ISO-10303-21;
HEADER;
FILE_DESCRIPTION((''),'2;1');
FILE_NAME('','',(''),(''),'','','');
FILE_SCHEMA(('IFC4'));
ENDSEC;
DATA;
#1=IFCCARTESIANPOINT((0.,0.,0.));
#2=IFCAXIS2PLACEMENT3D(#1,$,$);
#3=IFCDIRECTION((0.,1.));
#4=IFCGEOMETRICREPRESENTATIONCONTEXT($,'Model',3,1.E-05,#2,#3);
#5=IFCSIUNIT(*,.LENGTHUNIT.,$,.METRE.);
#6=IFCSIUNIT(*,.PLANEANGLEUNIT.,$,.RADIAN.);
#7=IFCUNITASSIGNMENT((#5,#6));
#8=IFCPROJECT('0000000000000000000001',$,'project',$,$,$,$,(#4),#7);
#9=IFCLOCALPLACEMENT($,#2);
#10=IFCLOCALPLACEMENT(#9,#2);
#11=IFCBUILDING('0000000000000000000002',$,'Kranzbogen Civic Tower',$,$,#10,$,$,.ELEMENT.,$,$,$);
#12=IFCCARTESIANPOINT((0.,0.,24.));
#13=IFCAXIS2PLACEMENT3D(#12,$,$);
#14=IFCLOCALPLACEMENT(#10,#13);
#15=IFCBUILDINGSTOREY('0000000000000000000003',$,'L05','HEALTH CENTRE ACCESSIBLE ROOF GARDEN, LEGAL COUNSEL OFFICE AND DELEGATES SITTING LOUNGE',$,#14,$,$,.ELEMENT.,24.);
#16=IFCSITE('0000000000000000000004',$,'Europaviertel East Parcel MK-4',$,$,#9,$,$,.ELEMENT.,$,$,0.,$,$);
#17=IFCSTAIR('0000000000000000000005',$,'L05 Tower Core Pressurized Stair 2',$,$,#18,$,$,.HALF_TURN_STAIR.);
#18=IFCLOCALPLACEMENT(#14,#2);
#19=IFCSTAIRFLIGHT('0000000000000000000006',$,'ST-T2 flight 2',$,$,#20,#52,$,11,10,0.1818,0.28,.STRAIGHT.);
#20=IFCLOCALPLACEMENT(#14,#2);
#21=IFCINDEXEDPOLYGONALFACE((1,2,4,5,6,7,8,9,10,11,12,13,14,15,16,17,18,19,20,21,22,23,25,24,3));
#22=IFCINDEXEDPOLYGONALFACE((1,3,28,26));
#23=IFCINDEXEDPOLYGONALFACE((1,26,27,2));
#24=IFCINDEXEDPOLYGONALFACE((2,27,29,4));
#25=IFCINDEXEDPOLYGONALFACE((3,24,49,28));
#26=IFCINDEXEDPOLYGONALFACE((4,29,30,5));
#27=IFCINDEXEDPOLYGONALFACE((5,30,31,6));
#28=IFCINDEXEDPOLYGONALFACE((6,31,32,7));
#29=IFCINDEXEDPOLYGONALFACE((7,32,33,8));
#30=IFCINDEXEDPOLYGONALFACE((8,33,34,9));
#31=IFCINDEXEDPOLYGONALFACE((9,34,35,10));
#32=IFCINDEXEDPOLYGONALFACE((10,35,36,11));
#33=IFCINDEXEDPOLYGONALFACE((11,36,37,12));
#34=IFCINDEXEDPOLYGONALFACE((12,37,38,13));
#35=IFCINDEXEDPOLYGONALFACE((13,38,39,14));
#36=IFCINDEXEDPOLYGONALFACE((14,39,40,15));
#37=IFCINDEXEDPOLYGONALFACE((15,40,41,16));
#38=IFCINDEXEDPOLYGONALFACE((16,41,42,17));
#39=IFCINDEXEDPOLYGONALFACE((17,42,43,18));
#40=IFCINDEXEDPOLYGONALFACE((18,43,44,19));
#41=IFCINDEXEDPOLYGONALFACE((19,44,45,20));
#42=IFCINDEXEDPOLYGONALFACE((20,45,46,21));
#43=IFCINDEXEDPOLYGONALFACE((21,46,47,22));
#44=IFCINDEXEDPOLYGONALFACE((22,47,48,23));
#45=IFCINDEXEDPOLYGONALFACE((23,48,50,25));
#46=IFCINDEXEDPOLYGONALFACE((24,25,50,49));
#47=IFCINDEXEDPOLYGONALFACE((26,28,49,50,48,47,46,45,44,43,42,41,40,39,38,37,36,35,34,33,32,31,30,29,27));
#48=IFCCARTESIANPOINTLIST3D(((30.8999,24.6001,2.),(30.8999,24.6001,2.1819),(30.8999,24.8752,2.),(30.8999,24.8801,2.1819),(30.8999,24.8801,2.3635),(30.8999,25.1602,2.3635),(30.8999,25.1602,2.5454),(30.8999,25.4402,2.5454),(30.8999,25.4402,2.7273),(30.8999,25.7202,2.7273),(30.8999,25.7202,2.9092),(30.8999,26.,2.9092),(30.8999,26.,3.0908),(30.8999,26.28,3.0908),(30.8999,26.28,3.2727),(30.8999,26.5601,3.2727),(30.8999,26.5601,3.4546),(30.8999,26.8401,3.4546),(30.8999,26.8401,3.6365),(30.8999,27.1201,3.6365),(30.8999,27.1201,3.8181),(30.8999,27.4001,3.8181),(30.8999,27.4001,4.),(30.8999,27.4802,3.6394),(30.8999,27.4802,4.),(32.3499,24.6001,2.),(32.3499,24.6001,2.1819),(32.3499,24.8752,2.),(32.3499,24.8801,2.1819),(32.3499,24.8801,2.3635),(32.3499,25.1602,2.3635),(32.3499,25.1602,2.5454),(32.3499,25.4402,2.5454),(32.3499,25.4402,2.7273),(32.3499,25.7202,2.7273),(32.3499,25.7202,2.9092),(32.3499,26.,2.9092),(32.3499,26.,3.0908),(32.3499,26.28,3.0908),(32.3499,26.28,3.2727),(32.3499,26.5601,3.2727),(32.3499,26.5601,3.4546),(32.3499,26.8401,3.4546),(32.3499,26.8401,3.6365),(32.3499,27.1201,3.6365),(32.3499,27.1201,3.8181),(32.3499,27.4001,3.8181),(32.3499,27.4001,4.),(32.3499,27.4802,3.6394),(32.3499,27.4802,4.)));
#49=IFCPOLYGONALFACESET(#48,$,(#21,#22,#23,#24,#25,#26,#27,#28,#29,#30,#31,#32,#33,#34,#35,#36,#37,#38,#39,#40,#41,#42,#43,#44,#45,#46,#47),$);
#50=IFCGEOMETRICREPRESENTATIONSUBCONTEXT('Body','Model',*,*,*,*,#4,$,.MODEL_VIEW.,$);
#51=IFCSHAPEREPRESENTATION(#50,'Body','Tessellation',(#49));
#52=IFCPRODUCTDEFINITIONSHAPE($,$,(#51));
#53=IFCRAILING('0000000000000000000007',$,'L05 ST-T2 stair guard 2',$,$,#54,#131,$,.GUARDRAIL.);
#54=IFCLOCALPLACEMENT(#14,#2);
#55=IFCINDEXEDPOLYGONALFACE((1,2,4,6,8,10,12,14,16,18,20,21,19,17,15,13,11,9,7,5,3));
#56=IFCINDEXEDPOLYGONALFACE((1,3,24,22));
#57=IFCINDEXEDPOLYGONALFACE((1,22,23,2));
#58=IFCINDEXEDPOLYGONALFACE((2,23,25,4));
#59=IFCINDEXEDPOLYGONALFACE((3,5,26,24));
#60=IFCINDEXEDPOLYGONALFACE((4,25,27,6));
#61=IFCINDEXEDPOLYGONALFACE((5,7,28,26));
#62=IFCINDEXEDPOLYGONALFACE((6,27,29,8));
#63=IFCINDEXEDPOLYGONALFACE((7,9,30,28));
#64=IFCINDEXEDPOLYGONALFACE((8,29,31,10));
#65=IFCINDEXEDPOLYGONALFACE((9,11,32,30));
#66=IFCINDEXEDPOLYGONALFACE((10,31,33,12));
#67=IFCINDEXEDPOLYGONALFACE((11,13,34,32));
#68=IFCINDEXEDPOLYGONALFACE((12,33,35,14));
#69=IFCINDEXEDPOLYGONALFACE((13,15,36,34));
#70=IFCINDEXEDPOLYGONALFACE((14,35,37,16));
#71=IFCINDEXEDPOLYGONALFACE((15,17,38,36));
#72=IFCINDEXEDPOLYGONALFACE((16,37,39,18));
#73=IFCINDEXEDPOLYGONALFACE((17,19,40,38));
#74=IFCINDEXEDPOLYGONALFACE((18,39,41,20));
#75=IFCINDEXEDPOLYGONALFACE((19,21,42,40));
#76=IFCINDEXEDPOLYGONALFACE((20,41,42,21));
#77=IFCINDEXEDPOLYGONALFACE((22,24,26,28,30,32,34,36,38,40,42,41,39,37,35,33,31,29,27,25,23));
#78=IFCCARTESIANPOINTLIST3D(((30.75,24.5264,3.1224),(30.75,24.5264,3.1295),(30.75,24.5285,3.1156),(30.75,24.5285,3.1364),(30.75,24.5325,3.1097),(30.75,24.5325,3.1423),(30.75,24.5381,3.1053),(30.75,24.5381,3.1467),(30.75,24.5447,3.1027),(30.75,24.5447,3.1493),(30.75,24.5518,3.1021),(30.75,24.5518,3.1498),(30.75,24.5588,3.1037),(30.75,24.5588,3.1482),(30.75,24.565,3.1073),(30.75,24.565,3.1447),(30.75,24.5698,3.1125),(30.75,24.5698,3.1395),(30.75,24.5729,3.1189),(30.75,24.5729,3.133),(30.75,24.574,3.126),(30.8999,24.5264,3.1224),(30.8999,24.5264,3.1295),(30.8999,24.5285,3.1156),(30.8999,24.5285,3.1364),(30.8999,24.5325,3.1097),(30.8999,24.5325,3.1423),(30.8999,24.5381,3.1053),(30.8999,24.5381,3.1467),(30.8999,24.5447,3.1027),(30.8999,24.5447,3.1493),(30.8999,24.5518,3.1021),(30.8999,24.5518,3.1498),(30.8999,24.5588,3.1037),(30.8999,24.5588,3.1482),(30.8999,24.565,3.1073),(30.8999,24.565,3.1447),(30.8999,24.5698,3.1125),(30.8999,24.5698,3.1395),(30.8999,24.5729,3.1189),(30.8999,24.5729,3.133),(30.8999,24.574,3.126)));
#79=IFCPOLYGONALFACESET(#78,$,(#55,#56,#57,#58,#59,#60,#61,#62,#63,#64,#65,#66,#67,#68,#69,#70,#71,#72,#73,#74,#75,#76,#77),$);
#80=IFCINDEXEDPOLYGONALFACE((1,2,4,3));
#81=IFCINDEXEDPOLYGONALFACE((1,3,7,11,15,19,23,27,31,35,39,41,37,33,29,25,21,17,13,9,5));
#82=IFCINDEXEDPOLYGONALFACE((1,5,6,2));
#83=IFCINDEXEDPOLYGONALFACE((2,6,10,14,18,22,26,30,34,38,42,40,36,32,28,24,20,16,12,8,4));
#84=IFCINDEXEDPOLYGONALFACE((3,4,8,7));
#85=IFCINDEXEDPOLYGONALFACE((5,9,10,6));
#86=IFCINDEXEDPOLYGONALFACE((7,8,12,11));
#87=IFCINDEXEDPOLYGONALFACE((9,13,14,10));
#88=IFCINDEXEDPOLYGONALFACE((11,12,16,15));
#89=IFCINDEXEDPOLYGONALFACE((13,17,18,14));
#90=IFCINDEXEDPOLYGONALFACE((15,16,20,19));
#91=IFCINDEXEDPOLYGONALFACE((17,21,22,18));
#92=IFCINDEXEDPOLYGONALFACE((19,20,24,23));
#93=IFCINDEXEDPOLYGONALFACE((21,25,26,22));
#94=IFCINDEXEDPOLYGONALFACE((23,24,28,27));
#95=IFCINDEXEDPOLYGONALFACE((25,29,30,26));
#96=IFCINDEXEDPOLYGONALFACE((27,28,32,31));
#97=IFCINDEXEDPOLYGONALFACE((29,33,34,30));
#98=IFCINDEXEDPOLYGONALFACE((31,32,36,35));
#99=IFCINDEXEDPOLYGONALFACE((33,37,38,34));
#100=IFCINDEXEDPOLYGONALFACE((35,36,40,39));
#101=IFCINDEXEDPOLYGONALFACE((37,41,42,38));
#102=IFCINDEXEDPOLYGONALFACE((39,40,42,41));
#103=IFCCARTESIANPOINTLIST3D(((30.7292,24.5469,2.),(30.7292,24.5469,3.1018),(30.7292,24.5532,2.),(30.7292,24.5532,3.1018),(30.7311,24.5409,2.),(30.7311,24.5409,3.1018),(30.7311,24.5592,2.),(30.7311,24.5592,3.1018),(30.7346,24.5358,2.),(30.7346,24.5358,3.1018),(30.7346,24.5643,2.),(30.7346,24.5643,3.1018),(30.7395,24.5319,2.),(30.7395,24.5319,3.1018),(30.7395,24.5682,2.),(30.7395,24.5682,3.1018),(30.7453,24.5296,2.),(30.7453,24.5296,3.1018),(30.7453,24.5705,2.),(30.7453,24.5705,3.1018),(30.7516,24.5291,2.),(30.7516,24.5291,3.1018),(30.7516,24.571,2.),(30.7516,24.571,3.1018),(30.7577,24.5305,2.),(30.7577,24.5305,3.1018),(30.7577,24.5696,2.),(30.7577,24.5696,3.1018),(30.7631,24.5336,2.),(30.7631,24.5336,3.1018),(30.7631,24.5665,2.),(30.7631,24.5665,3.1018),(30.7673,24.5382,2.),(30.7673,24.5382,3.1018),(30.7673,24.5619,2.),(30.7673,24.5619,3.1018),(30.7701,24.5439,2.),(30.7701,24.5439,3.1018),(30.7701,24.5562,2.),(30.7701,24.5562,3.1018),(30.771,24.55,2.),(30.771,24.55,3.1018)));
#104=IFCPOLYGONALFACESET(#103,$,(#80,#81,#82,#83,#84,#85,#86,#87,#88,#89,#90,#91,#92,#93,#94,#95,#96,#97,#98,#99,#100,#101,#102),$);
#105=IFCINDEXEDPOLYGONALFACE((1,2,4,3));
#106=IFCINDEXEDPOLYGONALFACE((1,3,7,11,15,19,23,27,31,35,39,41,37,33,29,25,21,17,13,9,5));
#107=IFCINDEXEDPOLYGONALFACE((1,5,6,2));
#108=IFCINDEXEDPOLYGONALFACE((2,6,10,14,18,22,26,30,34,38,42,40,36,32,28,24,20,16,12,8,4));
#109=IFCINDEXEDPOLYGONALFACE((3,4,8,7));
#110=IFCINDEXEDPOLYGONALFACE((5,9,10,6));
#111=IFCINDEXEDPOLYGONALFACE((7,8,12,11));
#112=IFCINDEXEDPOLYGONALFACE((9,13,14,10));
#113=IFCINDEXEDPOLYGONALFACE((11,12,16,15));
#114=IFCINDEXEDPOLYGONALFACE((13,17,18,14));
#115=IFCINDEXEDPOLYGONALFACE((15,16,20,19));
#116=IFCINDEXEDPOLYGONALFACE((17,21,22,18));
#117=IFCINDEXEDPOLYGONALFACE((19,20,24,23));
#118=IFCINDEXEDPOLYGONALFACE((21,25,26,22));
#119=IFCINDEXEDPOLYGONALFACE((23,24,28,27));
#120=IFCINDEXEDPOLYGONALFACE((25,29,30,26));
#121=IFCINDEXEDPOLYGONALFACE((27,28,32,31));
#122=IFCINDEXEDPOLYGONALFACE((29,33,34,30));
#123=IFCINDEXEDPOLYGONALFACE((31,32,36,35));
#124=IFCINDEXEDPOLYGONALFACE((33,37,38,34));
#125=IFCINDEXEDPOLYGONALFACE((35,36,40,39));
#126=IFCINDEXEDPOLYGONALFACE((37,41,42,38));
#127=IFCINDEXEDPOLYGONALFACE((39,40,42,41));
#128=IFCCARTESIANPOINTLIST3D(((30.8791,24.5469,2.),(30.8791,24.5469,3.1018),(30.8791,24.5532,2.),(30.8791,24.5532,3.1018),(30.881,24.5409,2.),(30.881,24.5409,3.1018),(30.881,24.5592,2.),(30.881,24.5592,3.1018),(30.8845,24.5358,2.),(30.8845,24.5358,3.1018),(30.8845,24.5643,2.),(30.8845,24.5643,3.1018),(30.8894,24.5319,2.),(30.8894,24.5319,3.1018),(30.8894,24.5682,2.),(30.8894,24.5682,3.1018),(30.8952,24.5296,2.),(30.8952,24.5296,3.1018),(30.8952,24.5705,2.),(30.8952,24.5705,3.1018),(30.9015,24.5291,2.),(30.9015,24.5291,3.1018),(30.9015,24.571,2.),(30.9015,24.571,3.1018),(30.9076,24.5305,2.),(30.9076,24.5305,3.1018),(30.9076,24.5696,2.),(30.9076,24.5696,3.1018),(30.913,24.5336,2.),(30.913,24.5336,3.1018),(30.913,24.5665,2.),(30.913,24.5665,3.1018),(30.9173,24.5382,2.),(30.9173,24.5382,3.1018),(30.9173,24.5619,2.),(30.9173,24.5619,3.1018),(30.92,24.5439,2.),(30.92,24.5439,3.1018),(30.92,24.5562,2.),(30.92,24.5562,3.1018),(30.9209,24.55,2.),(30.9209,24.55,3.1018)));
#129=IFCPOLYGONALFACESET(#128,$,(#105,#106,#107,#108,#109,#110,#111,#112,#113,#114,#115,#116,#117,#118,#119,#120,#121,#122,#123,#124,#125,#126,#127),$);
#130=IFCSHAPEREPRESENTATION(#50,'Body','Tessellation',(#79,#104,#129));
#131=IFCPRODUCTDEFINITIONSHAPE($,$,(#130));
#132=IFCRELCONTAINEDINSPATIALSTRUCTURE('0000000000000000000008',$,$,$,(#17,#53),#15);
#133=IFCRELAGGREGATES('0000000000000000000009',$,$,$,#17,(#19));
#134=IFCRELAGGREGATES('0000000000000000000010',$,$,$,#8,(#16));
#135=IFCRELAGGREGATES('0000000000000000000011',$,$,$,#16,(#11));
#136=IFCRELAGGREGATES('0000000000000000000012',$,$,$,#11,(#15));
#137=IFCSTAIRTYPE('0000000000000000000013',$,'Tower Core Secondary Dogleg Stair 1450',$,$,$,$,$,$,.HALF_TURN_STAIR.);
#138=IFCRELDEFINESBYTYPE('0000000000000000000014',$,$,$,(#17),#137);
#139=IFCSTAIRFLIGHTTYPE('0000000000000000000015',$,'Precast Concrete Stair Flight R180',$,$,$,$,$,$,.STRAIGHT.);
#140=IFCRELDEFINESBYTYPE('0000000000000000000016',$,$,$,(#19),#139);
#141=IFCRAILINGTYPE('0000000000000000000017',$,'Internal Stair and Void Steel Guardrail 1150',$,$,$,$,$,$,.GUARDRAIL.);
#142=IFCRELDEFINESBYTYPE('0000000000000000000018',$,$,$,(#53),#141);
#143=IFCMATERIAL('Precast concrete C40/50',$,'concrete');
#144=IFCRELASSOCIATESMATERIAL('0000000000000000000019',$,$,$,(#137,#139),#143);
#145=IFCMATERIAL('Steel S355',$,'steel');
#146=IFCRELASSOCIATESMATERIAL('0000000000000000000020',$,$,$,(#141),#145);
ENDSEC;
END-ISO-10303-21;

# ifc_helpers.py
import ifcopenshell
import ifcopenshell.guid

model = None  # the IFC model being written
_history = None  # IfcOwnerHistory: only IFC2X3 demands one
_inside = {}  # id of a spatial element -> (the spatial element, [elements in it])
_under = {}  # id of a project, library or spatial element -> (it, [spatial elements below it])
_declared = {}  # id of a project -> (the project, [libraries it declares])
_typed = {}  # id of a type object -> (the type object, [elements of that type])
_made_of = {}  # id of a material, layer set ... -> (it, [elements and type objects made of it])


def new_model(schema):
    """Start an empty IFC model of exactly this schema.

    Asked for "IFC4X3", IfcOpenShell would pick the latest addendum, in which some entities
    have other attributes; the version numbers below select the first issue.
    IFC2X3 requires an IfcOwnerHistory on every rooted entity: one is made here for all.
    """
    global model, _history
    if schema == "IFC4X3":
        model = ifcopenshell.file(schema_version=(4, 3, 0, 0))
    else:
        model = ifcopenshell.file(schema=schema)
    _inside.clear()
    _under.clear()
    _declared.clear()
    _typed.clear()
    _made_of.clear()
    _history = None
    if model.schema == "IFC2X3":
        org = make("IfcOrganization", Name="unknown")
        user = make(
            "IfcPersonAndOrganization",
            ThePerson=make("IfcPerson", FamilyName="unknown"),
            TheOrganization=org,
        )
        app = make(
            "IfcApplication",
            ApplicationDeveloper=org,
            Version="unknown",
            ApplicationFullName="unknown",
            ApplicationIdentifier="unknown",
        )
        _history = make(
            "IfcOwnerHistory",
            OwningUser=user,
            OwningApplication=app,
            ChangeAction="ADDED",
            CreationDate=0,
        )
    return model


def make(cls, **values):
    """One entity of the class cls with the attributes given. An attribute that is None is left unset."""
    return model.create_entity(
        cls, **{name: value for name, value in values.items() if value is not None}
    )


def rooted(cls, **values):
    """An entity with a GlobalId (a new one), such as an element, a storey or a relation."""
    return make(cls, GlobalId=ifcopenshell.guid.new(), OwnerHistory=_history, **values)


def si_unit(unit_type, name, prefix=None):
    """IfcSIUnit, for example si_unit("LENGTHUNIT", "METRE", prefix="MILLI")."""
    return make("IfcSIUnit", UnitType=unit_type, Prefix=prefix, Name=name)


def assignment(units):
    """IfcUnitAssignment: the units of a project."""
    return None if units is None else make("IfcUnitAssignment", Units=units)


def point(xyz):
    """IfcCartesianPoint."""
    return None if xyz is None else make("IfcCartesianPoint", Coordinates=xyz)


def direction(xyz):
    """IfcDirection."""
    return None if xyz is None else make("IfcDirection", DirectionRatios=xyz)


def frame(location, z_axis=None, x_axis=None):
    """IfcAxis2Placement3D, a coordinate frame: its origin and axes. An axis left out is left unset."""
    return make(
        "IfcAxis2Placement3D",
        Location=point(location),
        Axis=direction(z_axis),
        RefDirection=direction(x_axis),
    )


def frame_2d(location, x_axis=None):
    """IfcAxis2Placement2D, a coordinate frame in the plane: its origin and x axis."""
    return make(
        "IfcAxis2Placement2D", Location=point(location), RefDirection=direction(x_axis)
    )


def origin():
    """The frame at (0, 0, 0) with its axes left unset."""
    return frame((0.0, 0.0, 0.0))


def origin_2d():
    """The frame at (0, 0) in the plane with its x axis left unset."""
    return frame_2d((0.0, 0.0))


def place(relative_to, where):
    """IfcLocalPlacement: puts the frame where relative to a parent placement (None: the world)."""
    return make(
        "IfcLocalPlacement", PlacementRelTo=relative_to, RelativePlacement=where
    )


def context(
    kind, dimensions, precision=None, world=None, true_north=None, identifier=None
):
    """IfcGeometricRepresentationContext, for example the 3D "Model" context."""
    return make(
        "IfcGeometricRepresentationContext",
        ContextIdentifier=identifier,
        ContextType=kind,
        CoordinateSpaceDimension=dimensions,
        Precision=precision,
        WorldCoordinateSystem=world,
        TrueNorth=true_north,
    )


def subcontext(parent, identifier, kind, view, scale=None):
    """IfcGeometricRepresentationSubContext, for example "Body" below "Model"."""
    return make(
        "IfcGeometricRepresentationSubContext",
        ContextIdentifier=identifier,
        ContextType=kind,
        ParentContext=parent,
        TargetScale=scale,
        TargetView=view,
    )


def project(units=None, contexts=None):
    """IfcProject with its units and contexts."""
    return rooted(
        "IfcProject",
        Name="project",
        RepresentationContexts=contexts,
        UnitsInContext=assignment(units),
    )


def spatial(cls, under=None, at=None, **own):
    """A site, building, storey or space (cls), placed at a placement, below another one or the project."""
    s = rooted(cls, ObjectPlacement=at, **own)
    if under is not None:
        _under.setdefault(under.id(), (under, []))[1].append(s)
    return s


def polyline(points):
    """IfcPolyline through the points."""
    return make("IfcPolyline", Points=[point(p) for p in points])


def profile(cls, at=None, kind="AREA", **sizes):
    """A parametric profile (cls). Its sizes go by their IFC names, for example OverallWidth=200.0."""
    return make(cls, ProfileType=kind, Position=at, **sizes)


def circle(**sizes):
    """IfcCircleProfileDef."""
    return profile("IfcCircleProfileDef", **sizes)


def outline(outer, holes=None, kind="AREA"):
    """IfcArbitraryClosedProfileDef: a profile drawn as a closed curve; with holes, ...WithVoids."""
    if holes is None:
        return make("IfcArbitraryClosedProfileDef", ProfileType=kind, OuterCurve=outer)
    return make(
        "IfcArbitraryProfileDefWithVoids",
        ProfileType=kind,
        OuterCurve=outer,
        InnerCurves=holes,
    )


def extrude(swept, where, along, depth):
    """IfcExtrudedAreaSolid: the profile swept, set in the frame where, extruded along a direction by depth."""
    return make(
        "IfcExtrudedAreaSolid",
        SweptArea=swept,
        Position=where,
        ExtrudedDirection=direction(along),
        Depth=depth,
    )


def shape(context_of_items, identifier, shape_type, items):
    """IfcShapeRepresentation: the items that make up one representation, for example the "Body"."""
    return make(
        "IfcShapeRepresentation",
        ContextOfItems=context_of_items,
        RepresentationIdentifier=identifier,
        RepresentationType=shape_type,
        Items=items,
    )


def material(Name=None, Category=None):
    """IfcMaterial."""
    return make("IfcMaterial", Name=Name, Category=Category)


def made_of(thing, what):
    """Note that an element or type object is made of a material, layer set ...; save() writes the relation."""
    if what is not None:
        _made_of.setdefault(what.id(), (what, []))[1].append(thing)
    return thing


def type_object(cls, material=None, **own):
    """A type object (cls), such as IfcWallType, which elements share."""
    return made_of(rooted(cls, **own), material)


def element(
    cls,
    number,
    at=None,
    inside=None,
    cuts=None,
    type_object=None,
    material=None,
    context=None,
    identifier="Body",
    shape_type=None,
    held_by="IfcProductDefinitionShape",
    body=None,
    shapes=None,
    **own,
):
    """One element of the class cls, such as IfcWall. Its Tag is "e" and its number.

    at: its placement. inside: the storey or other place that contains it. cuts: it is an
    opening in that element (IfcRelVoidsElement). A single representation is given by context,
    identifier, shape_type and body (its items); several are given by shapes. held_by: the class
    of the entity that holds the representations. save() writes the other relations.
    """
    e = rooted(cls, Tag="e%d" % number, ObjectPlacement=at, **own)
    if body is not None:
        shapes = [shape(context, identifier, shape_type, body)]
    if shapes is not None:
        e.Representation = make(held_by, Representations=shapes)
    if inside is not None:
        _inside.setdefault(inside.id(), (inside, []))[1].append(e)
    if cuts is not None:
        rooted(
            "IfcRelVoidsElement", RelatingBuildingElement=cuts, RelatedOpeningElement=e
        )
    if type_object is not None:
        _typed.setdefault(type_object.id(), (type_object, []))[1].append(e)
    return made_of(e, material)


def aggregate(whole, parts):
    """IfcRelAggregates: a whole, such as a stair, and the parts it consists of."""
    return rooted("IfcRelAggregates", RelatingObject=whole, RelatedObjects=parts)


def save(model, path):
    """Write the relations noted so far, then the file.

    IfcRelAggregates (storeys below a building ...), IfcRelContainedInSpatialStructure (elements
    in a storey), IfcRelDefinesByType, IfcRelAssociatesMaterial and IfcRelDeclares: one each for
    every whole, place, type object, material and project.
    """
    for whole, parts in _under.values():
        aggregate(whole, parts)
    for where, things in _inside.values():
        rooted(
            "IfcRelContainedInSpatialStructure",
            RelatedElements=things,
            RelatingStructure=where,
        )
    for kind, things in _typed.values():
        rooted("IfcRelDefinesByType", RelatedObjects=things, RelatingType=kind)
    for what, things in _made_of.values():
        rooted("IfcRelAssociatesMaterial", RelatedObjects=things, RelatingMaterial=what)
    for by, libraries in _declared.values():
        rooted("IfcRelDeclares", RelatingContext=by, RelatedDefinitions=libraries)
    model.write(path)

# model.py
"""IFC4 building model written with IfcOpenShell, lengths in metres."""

from ifc_helpers import new_model, si_unit, direction, frame, origin, origin_2d, place, context, subcontext, project, spatial, polyline, circle, outline, extrude, material, type_object, element, aggregate, save


model = new_model("IFC4")

# Units and contexts
model_context = context("Model", 3, precision=1e-05, world=origin(), true_north=direction((0.0, 1.0)))
body_context = subcontext(model_context, "Body", "Model", "MODEL_VIEW")
ifc_project = project(units=[si_unit("LENGTHUNIT", "METRE"), si_unit("PLANEANGLEUNIT", "RADIAN")], contexts=[model_context])

# Site, building, storey
site_placement = place(None, origin())
site = spatial("IfcSite", under=ifc_project, at=site_placement, Name="Europaviertel East Parcel MK-4", CompositionType="ELEMENT", RefElevation=0.0)
building_placement = place(site_placement, origin())
building = spatial("IfcBuilding", under=site, at=building_placement, Name="Kranzbogen Civic Tower", CompositionType="ELEMENT")
storey_placement = place(building_placement, frame((0.0, 0.0, 24.0)))
storey = spatial("IfcBuildingStorey", under=building, at=storey_placement, Name="L05", Description="HEALTH CENTRE ACCESSIBLE ROOF GARDEN, LEGAL COUNSEL OFFICE AND DELEGATES SITTING LOUNGE", CompositionType="ELEMENT", Elevation=24.0)

# Shared definitions
ifc_material_1 = material(Name="Steel S355", Category="steel")

# Stair, stair flight
ifc_material_2 = material(Name="Precast concrete C40/50", Category="concrete")
stair_type = type_object("IfcStairType", Name="Tower Core Secondary Dogleg Stair 1450", PredefinedType="HALF_TURN_STAIR", material=ifc_material_2)
stair_placement = place(storey_placement, origin())
stair = element("IfcStair", 1, at=stair_placement, inside=storey, type_object=stair_type, Name="L05 Tower Core Pressurized Stair 2", PredefinedType="HALF_TURN_STAIR")
stair_flight_type = type_object("IfcStairFlightType", Name="Precast Concrete Stair Flight R180", PredefinedType="STRAIGHT", material=ifc_material_2)
stair_flight_placement = place(storey_placement, frame((31.625, 24.6001, 2.0), z_axis=(0.0, 0.0, 1.0), x_axis=(0.0, 1.0, 0.0)))
stair_flight = element("IfcStairFlight", 2, at=stair_flight_placement, type_object=stair_flight_type, Name="ST-T2 flight 2", NumberOfRisers=11, NumberOfTreads=10, PredefinedType="STRAIGHT", RiserHeight=0.1818, TreadLength=0.28, context=body_context, shape_type="SweptSolid", body=[
    extrude(outline(polyline([(0.0, 0.0), (0.0, 0.1819), (0.28, 0.1819), (0.28, 0.3635), (0.5601, 0.3635), (0.5601, 0.5454), (0.8401, 0.5454), (0.8401, 0.7273), (1.1201, 0.7273), (1.1201, 0.9092), (1.3999, 0.9092), (1.3999, 1.0908), (1.6799, 1.0908), (1.6799, 1.2727), (1.96, 1.2727), (1.96, 1.4546), (2.24, 1.4546), (2.24, 1.6365), (2.52, 1.6365), (2.52, 1.8181), (2.8, 1.8181), (2.8, 2.0), (2.8801, 2.0), (2.8801, 1.6394), (0.2751, 0.0), (0.0, 0.0)])), frame((0.0, 0.7251, 0.0), z_axis=(0.0, -1.0, 0.0), x_axis=(1.0, 0.0, 0.0)), (0.0, 0.0, 1.0), 1.45),
])
aggregate(stair, [stair_flight])

# Railing
railing_type_1 = type_object("IfcRailingType", Name="Internal Stair and Void Steel Guardrail 1150", PredefinedType="GUARDRAIL", material=ifc_material_1)
railing_1_placement = place(storey_placement, frame((30.75, 24.55, 2.0)))
element("IfcRailing", 3, at=railing_1_placement, inside=storey, type_object=railing_type_1, Name="L05 ST-T2 stair guard 2", PredefinedType="GUARDRAIL", context=body_context, shape_type="SweptSolid", body=[
    extrude(circle(Radius=0.0239, at=origin_2d()), frame((0.0, 0.0, 1.126), z_axis=(1.0, 0.0, 0.0), x_axis=(0.0, 1.0, 0.0)), (0.0, 0.0, 1.0), 0.1499),
    extrude(circle(Radius=0.021, at=origin_2d()), origin(), (0.0, 0.0, 1.0), 1.1018),
    extrude(circle(Radius=0.021, at=origin_2d()), frame((0.1499, 0.0, 0.0)), (0.0, 0.0, 1.0), 1.1018),
])

save(model, "model.ifc")
